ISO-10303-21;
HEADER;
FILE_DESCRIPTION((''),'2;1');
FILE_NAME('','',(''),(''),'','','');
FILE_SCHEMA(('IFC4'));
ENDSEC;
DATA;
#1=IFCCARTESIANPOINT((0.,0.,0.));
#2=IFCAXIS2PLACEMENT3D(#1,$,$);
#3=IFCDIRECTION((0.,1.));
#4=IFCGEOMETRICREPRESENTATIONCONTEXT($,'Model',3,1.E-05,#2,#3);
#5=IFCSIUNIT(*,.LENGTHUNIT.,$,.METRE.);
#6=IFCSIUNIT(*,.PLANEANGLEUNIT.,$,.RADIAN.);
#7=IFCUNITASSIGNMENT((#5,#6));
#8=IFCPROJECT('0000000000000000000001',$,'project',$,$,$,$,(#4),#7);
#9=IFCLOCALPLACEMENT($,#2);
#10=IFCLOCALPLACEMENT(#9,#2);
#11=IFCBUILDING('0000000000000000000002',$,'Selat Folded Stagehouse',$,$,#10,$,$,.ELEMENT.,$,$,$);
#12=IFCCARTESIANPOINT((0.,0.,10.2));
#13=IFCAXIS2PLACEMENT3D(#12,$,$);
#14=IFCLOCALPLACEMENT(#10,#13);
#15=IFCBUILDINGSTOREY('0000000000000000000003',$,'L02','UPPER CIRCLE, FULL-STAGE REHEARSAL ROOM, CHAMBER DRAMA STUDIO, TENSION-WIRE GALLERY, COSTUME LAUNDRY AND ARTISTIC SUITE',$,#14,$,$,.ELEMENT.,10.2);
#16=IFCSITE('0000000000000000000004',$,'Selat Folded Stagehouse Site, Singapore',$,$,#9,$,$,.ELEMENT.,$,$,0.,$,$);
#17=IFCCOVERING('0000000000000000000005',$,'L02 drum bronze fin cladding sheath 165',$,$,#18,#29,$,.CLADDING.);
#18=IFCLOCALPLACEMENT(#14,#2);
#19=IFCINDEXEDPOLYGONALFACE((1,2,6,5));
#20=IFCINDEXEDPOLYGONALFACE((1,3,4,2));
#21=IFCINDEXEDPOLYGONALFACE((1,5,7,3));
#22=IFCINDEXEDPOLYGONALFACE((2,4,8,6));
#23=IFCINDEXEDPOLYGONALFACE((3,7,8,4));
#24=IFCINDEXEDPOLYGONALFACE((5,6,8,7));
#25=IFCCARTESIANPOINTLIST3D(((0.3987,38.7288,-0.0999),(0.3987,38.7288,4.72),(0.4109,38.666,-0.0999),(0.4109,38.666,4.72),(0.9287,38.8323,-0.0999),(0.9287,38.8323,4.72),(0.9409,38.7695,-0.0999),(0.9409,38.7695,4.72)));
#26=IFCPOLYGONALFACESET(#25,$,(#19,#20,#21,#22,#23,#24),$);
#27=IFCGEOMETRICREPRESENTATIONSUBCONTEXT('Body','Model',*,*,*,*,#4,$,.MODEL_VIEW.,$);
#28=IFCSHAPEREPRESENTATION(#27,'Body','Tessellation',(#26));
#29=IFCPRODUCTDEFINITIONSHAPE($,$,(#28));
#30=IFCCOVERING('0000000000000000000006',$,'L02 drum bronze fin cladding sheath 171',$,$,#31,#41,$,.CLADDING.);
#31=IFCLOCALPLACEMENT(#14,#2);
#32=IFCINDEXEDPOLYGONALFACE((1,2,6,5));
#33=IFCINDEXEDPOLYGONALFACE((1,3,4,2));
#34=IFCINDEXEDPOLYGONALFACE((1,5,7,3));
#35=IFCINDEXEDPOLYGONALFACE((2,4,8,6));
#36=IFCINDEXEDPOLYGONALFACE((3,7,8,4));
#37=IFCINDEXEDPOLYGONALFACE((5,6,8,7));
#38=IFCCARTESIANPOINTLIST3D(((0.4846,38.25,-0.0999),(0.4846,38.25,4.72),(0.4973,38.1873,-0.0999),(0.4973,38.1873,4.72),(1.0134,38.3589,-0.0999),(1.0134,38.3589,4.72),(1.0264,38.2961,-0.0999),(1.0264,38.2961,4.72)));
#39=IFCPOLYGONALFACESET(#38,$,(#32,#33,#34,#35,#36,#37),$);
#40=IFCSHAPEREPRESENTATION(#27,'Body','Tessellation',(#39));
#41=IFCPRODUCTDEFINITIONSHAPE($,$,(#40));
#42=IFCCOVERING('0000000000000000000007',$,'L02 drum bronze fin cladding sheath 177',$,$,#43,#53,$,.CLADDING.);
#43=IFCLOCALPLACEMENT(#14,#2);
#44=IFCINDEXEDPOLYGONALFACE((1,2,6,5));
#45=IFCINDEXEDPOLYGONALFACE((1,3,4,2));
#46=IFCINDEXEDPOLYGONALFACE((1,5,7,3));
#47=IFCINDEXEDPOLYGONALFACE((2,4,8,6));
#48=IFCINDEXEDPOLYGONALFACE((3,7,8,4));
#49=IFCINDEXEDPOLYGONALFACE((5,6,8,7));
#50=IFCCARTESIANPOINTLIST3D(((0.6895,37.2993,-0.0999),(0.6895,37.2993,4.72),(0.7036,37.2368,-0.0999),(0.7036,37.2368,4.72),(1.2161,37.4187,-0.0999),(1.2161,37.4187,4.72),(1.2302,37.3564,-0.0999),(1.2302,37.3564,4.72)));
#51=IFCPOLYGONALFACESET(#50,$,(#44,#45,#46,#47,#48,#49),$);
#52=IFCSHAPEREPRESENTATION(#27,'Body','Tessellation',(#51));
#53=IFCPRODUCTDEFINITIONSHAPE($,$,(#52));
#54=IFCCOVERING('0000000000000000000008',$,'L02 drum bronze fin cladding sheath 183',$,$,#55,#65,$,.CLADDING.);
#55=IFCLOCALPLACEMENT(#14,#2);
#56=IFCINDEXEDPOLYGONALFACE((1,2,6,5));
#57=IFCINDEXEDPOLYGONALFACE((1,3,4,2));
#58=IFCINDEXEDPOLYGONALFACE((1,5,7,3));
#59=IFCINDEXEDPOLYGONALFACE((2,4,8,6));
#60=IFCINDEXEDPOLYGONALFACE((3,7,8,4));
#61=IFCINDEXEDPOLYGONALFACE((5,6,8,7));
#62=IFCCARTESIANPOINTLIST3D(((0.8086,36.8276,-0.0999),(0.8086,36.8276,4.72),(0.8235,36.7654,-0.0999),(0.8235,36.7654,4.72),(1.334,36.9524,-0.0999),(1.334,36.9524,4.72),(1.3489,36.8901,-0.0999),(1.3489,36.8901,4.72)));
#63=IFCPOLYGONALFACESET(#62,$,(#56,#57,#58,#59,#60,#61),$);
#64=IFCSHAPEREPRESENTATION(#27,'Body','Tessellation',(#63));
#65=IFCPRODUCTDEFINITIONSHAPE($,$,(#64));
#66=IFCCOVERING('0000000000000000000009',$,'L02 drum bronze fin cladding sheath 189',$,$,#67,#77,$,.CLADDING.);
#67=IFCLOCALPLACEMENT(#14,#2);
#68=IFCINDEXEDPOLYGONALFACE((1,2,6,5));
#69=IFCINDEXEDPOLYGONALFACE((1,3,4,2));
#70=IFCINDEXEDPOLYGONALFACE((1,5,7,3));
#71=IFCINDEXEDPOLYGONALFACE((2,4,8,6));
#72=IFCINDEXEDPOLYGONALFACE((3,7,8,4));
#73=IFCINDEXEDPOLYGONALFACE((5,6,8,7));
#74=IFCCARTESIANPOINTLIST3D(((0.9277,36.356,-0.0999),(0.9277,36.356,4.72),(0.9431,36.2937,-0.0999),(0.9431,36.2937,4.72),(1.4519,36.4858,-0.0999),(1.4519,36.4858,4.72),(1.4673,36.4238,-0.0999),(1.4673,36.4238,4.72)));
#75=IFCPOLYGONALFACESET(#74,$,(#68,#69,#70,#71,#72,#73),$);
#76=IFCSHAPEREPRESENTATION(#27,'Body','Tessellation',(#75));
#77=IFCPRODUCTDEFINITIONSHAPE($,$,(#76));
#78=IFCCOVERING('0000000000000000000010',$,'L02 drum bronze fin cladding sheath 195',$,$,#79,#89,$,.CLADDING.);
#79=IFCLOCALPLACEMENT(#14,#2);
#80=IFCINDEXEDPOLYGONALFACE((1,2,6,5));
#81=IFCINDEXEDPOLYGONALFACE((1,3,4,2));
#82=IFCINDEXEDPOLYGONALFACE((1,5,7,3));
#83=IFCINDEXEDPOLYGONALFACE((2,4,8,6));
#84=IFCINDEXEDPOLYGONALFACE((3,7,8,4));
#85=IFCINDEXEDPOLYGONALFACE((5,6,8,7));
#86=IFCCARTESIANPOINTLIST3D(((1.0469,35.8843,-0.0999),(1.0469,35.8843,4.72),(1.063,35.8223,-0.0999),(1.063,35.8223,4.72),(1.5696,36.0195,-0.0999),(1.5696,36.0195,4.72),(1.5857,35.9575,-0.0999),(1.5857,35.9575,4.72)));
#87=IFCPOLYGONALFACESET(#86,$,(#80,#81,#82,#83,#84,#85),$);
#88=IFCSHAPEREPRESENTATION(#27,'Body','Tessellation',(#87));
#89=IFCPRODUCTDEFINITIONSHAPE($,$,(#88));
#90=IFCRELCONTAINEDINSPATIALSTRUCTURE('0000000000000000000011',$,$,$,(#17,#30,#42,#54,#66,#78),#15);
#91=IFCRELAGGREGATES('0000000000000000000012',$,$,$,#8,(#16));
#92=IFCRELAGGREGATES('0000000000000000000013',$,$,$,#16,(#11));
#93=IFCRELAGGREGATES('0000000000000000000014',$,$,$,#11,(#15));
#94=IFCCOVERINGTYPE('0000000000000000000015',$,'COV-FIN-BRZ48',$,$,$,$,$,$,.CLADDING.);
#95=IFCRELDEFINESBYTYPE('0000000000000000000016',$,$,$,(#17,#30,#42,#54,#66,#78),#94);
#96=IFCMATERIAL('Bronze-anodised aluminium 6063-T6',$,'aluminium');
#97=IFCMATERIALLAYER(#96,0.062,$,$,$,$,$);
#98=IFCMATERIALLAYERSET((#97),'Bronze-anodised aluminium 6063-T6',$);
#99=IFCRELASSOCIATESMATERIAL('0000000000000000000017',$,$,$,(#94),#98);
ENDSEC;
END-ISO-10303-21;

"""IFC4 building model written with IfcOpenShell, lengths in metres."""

from ifc_helpers import new_model, si_unit, direction, frame, origin, place, context, subcontext, project, spatial, polyline, outline, extrude, material, layer, layer_set, type_object, element, save


model = new_model("IFC4")

# Units and contexts
model_context = context("Model", 3, precision=1e-05, world=origin(), true_north=direction((0.0, 1.0)))
body_context = subcontext(model_context, "Body", "Model", "MODEL_VIEW")
ifc_project = project(units=[si_unit("LENGTHUNIT", "METRE"), si_unit("PLANEANGLEUNIT", "RADIAN")], contexts=[model_context])

# Site, building, storey
site_placement = place(None, origin())
site = spatial("IfcSite", under=ifc_project, at=site_placement, Name="Selat Folded Stagehouse Site, Singapore", CompositionType="ELEMENT", RefElevation=0.0)
building_placement = place(site_placement, origin())
building = spatial("IfcBuilding", under=site, at=building_placement, Name="Selat Folded Stagehouse", CompositionType="ELEMENT")
storey_placement = place(building_placement, frame((0.0, 0.0, 10.2)))
storey = spatial("IfcBuildingStorey", under=building, at=storey_placement, Name="L02", Description="UPPER CIRCLE, FULL-STAGE REHEARSAL ROOM, CHAMBER DRAMA STUDIO, TENSION-WIRE GALLERY, COSTUME LAUNDRY AND ARTISTIC SUITE", CompositionType="ELEMENT", Elevation=10.2)

# Coverings
ifc_material = material(Name="Bronze-anodised aluminium 6063-T6", Category="aluminium")
ifc_layer = layer(ifc_material, 0.062)
ifc_layer_set = layer_set([ifc_layer], Name="Bronze-anodised aluminium 6063-T6")
covering_type = type_object("IfcCoveringType", Name="COV-FIN-BRZ48", PredefinedType="CLADDING", material=ifc_layer_set)
covering_1_placement = place(storey_placement, frame((0.0, 0.0, -0.0999)))
element("IfcCovering", 1, at=covering_1_placement, inside=storey, type_object=covering_type, Name="L02 drum bronze fin cladding sheath 165", PredefinedType="CLADDING", context=body_context, shape_type="SweptSolid", body=[
    extrude(outline(polyline([(0.9287, 38.8323), (0.3987, 38.7288), (0.4109, 38.666), (0.9409, 38.7695), (0.9287, 38.8323)])), origin(), (0.0, 0.0, 1.0), 4.8198),
])
covering_2_placement = place(storey_placement, frame((0.0, 0.0, -0.0999)))
element("IfcCovering", 2, at=covering_2_placement, inside=storey, type_object=covering_type, Name="L02 drum bronze fin cladding sheath 171", PredefinedType="CLADDING", context=body_context, shape_type="SweptSolid", body=[
    extrude(outline(polyline([(1.0134, 38.3589), (0.4846, 38.25), (0.4973, 38.1873), (1.0264, 38.2961), (1.0134, 38.3589)])), origin(), (0.0, 0.0, 1.0), 4.8198),
])
covering_3_placement = place(storey_placement, frame((0.0, 0.0, -0.0999)))
element("IfcCovering", 3, at=covering_3_placement, inside=storey, type_object=covering_type, Name="L02 drum bronze fin cladding sheath 177", PredefinedType="CLADDING", context=body_context, shape_type="SweptSolid", body=[
    extrude(outline(polyline([(1.2161, 37.4187), (0.6895, 37.2993), (0.7036, 37.2368), (1.2302, 37.3564), (1.2161, 37.4187)])), origin(), (0.0, 0.0, 1.0), 4.8198),
])
covering_4_placement = place(storey_placement, frame((0.0, 0.0, -0.0999)))
element("IfcCovering", 4, at=covering_4_placement, inside=storey, type_object=covering_type, Name="L02 drum bronze fin cladding sheath 183", PredefinedType="CLADDING", context=body_context, shape_type="SweptSolid", body=[
    extrude(outline(polyline([(1.334, 36.9524), (0.8086, 36.8276), (0.8235, 36.7654), (1.3489, 36.8901), (1.334, 36.9524)])), origin(), (0.0, 0.0, 1.0), 4.8198),
])
covering_5_placement = place(storey_placement, frame((0.0, 0.0, -0.0999)))
element("IfcCovering", 5, at=covering_5_placement, inside=storey, type_object=covering_type, Name="L02 drum bronze fin cladding sheath 189", PredefinedType="CLADDING", context=body_context, shape_type="SweptSolid", body=[
    extrude(outline(polyline([(1.4519, 36.4858), (0.9277, 36.356), (0.9431, 36.2937), (1.4673, 36.4238), (1.4519, 36.4858)])), origin(), (0.0, 0.0, 1.0), 4.8198),
])
covering_6_placement = place(storey_placement, frame((0.0, 0.0, -0.0999)))
element("IfcCovering", 6, at=covering_6_placement, inside=storey, type_object=covering_type, Name="L02 drum bronze fin cladding sheath 195", PredefinedType="CLADDING", context=body_context, shape_type="SweptSolid", body=[
    extrude(outline(polyline([(1.5696, 36.0195), (1.0469, 35.8843), (1.063, 35.8223), (1.5857, 35.9575), (1.5696, 36.0195)])), origin(), (0.0, 0.0, 1.0), 4.8198),
])

save(model, "model.ifc")
